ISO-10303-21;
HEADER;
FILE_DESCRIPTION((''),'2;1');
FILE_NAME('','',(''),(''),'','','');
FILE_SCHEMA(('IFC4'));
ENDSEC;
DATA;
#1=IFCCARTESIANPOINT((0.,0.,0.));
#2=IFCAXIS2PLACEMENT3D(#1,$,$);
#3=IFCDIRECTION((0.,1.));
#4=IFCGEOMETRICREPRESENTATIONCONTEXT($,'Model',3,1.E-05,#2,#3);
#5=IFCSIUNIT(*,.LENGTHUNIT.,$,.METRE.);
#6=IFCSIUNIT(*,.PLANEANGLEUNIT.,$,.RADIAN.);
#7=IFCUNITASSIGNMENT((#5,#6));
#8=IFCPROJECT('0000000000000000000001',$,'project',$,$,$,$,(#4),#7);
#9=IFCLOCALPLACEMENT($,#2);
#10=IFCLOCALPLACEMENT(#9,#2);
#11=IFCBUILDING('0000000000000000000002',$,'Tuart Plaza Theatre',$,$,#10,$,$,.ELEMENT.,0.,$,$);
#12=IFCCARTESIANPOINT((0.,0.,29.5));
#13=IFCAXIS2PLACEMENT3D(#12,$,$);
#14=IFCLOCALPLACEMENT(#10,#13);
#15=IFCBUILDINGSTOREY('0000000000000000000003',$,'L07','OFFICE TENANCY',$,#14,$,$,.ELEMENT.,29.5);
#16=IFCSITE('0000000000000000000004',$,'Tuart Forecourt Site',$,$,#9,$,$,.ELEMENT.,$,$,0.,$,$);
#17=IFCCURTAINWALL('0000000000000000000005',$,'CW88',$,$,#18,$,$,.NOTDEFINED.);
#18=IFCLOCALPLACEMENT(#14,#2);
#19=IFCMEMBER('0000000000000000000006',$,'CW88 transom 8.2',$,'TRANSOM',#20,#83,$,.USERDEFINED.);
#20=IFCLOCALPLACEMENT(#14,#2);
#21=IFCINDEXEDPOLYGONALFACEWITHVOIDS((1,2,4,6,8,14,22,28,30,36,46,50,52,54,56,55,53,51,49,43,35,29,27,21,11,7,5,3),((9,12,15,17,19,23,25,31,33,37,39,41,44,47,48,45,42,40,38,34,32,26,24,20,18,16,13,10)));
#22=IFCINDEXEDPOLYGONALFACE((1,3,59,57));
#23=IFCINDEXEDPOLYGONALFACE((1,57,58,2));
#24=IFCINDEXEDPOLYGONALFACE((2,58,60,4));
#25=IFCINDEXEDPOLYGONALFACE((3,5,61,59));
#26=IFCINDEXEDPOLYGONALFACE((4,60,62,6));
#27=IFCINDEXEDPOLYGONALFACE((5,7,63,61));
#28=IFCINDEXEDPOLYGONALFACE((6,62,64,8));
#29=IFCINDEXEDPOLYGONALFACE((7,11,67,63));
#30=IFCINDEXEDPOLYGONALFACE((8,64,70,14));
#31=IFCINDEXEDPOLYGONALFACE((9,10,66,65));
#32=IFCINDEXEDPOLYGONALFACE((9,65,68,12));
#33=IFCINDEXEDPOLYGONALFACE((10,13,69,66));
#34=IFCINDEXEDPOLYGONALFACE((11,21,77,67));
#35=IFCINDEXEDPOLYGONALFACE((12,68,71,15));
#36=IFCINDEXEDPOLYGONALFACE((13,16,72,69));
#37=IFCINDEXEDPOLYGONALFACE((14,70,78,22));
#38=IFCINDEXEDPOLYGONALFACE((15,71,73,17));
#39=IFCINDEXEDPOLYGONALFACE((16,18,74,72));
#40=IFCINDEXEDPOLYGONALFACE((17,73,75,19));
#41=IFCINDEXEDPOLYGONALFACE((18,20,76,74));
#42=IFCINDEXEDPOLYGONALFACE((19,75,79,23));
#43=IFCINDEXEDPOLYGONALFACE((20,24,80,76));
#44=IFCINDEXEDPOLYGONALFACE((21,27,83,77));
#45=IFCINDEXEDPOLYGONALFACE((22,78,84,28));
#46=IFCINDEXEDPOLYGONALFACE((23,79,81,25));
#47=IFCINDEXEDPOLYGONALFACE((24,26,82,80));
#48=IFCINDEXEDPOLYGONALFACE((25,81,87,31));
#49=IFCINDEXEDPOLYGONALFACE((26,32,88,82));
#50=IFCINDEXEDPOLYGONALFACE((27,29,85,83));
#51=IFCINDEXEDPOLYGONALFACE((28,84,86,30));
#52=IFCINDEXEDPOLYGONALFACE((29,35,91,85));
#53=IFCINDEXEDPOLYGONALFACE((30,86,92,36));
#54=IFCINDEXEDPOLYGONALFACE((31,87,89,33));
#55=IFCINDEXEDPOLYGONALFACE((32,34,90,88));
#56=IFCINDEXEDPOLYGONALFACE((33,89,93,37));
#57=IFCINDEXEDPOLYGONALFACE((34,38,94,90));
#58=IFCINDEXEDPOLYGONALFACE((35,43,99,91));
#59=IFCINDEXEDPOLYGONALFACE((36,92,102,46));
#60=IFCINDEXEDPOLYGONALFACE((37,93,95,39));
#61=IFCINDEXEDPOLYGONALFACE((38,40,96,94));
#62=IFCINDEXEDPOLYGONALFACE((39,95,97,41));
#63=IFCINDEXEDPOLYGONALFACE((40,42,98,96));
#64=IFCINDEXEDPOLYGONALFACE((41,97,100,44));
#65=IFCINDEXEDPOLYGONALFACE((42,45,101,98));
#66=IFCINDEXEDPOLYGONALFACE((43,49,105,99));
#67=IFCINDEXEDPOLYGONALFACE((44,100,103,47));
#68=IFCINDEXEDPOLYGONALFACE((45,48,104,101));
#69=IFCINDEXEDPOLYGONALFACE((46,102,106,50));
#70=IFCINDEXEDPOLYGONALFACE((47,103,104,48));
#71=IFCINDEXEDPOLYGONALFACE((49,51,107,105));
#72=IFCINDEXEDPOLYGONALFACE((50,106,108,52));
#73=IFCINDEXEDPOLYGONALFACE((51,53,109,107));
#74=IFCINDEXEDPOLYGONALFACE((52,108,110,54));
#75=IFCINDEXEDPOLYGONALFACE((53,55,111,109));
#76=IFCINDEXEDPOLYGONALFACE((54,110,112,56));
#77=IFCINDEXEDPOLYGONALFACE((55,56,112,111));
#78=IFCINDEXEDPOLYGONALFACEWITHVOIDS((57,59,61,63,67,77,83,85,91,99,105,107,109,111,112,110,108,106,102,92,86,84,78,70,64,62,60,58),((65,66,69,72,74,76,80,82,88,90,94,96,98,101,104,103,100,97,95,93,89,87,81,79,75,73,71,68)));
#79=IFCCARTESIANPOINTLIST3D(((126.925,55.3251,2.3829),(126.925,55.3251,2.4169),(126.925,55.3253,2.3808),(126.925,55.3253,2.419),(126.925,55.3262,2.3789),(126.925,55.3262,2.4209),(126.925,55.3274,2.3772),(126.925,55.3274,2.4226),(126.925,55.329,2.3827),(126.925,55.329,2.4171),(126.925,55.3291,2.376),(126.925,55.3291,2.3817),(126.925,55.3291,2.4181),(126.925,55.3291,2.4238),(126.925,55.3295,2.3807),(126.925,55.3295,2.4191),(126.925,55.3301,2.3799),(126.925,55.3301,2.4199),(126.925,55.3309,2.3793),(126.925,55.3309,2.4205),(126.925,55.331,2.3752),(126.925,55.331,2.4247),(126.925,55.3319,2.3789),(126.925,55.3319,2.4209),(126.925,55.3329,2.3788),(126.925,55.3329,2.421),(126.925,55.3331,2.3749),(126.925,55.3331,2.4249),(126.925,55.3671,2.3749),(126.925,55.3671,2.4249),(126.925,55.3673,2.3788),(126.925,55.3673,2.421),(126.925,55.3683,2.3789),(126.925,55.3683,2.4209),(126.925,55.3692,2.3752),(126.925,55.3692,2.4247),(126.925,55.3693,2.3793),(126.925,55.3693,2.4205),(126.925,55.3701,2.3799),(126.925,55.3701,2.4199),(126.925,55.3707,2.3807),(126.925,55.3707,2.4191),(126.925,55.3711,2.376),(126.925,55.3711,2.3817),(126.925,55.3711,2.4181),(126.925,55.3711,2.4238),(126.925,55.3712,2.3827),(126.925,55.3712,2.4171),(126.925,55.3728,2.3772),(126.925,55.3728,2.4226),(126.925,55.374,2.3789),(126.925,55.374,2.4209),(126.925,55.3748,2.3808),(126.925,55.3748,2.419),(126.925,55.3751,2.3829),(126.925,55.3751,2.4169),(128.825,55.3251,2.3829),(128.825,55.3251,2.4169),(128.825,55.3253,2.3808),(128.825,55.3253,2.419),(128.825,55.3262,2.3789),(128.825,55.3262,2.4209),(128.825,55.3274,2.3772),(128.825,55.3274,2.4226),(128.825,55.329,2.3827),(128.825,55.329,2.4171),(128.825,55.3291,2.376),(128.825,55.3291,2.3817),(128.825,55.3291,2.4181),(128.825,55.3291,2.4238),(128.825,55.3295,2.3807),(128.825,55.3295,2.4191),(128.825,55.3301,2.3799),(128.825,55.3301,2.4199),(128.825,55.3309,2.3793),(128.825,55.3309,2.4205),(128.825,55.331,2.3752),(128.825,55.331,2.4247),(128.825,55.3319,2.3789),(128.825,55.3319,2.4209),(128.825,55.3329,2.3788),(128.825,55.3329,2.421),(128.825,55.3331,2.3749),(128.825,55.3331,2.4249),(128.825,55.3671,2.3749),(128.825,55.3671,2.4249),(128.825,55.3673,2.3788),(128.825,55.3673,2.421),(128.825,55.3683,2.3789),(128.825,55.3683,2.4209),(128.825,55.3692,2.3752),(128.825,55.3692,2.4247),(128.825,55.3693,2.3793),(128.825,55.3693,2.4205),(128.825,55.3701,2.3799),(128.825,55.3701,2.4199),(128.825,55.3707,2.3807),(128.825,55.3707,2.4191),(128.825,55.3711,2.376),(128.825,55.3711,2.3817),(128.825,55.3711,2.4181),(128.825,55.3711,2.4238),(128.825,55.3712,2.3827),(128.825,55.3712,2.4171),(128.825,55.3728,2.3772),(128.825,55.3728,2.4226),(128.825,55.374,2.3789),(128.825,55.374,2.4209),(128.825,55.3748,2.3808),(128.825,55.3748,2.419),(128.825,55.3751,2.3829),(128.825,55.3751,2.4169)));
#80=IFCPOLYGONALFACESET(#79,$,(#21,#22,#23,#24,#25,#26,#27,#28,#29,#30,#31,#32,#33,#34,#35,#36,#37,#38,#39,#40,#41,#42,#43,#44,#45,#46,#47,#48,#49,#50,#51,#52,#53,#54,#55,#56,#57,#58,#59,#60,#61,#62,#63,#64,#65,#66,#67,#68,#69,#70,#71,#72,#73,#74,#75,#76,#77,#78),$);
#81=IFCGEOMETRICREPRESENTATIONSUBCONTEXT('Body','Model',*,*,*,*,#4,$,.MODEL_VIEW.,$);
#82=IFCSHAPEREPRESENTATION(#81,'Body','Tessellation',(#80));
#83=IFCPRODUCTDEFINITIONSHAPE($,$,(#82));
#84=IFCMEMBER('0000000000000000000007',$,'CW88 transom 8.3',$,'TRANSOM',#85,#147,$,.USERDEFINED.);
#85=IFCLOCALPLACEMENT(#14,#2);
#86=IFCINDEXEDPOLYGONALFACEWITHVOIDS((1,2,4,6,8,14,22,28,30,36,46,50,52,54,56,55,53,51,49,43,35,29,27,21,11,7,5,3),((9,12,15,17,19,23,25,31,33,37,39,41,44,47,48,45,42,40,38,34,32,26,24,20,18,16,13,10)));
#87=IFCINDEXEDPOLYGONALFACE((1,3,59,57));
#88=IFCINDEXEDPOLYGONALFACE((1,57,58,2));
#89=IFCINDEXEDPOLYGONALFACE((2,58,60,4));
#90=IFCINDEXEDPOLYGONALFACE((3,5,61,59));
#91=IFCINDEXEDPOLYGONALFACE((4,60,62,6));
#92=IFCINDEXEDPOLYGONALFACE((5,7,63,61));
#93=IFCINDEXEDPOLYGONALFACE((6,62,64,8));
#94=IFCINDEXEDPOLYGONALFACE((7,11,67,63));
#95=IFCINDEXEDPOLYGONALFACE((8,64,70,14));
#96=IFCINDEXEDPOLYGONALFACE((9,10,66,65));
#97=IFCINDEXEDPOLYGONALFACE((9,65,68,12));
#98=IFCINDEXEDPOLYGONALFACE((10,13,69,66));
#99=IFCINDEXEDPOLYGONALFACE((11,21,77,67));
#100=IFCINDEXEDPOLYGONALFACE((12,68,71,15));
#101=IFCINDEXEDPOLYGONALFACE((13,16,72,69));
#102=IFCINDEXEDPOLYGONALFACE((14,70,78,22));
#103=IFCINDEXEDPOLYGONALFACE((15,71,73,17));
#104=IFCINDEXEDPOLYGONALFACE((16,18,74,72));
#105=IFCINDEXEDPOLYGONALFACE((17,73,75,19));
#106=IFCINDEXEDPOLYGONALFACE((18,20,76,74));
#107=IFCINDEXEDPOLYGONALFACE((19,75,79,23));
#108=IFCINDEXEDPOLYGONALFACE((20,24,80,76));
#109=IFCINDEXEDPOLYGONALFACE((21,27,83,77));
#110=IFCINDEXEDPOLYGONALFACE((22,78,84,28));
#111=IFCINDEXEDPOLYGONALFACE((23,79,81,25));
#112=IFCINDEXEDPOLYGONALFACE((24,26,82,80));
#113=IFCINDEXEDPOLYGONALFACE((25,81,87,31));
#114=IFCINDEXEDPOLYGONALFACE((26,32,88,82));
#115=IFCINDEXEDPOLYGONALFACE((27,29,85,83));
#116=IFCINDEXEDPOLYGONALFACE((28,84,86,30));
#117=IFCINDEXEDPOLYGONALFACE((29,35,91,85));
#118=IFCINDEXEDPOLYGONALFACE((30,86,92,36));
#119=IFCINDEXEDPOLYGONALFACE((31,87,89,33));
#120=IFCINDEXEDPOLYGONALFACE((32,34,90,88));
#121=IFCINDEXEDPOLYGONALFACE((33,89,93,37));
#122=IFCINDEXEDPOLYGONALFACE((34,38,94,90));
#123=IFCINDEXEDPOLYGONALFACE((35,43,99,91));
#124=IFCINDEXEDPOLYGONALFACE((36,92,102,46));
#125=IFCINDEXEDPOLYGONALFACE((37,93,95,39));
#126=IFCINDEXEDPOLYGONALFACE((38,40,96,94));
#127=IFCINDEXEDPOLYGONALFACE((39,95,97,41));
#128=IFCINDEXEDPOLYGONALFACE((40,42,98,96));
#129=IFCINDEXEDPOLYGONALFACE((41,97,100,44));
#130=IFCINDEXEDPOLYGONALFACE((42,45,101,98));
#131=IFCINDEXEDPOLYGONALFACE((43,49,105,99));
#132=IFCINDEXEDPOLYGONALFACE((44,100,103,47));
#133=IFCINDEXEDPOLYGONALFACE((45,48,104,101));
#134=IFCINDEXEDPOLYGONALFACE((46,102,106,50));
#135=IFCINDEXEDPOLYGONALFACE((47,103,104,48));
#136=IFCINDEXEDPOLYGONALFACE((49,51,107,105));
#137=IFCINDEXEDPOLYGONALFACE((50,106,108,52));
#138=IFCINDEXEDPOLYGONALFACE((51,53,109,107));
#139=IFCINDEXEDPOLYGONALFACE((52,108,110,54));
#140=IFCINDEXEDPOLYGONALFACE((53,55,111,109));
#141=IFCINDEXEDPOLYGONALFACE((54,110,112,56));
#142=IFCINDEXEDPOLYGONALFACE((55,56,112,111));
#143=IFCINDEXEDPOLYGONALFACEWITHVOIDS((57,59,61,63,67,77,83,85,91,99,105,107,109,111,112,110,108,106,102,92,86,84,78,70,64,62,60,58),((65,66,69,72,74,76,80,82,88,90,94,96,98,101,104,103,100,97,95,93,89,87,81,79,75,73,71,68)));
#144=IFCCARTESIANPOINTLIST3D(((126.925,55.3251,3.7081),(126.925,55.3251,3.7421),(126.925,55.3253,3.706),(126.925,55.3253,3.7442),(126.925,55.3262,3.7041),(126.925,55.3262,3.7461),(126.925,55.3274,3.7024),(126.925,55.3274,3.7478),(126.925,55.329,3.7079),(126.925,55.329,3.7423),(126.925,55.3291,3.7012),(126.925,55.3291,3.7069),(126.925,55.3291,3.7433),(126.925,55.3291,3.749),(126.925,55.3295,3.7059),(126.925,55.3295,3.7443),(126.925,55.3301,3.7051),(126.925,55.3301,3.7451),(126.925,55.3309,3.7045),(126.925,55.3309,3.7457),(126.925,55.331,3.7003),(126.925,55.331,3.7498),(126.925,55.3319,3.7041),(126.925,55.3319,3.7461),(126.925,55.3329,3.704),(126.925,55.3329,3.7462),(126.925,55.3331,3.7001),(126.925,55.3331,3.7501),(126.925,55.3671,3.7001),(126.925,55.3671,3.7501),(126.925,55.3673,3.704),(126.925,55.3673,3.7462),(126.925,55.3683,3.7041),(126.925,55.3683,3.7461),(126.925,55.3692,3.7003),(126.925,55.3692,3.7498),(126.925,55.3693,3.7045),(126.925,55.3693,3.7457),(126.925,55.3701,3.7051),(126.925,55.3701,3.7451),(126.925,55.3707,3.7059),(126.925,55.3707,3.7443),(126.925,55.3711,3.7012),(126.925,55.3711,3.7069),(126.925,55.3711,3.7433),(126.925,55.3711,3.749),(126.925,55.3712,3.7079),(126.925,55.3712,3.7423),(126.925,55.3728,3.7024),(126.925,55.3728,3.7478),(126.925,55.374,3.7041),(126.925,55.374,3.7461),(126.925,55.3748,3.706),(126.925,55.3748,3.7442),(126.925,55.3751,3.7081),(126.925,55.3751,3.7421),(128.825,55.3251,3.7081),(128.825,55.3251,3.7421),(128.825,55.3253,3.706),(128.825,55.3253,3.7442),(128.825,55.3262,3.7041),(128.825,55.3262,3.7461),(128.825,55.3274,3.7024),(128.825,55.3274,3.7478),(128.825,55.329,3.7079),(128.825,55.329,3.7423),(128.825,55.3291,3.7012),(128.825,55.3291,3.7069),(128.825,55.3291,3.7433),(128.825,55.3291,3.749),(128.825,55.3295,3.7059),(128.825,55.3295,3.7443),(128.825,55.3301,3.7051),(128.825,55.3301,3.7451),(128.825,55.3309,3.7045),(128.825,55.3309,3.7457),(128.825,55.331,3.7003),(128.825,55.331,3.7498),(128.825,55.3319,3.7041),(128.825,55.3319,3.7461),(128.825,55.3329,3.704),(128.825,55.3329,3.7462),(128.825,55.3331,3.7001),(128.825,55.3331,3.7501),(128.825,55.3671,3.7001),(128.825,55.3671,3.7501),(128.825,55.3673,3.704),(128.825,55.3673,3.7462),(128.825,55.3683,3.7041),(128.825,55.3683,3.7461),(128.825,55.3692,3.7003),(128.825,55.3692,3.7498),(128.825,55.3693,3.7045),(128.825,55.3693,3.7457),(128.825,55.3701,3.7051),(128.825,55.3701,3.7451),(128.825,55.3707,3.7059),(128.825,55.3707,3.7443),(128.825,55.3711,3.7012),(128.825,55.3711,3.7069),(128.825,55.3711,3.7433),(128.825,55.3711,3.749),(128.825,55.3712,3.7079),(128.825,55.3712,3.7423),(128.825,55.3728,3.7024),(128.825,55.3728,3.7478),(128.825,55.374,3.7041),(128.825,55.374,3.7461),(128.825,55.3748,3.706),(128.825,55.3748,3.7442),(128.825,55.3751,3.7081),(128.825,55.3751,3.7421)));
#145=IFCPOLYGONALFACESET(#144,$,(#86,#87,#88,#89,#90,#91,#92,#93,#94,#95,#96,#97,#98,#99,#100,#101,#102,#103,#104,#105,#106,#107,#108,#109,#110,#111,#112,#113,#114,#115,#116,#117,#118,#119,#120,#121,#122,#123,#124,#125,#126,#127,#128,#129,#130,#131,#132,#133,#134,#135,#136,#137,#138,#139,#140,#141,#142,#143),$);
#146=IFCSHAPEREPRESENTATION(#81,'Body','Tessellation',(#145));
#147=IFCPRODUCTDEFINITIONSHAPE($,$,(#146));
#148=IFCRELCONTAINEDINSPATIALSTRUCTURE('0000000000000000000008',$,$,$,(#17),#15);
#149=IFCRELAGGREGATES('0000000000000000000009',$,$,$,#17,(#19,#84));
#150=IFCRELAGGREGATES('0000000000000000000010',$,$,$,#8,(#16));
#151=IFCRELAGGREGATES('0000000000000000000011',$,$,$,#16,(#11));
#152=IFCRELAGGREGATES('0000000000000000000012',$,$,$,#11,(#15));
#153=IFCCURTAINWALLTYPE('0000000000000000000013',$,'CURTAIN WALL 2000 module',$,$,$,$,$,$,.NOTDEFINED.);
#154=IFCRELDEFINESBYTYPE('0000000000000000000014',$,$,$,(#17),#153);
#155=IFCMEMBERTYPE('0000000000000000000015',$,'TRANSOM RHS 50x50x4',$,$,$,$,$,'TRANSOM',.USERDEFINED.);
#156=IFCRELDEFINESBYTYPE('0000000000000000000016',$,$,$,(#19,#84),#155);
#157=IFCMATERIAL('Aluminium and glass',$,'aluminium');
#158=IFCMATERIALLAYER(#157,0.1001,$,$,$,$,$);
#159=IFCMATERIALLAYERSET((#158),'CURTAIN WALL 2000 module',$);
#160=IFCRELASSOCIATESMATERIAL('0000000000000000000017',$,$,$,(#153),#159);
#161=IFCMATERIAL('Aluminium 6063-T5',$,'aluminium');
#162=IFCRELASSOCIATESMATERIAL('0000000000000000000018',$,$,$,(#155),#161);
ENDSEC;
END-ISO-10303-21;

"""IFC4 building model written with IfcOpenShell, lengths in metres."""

from ifc_helpers import new_model, si_unit, direction, frame, origin, origin_2d, place, context, subcontext, project, spatial, hollow_rectangle, extrude, material, layer, layer_set, material_profile, profile_set, type_object, element, aggregate, save


model = new_model("IFC4")

# Units and contexts
model_context = context("Model", 3, precision=1e-05, world=origin(), true_north=direction((0.0, 1.0)))
body_context = subcontext(model_context, "Body", "Model", "MODEL_VIEW")
ifc_project = project(units=[si_unit("LENGTHUNIT", "METRE"), si_unit("PLANEANGLEUNIT", "RADIAN")], contexts=[model_context])

# Site, building, storey
site_placement = place(None, origin())
site = spatial("IfcSite", under=ifc_project, at=site_placement, Name="Tuart Forecourt Site", CompositionType="ELEMENT", RefElevation=0.0)
building_placement = place(site_placement, origin())
building = spatial("IfcBuilding", under=site, at=building_placement, Name="Tuart Plaza Theatre", CompositionType="ELEMENT", ElevationOfRefHeight=0.0)
storey_placement = place(building_placement, frame((0.0, 0.0, 29.5)))
storey = spatial("IfcBuildingStorey", under=building, at=storey_placement, Name="L07", Description="OFFICE TENANCY", CompositionType="ELEMENT", Elevation=29.5)

# Curtain wall, members
ifc_material_1 = material(Name="Aluminium and glass", Category="aluminium")
ifc_layer_1 = layer(ifc_material_1, 0.1001)
ifc_layer_set_1 = layer_set([ifc_layer_1], Name="CURTAIN WALL 2000 module")
curtain_wall_type = type_object("IfcCurtainWallType", Name="CURTAIN WALL 2000 module", PredefinedType="NOTDEFINED", material=ifc_layer_set_1)
curtain_wall_placement = place(storey_placement, origin())
curtain_wall = element("IfcCurtainWall", 1, at=curtain_wall_placement, inside=storey, type_object=curtain_wall_type, Name="CW88", PredefinedType="NOTDEFINED")
ifc_material_2 = material(Name="Aluminium 6063-T5", Category="aluminium")
ifc_material_profile_1 = material_profile(ifc_material_2, hollow_rectangle(XDim=0.05, YDim=0.05, WallThickness=0.0039, InnerFilletRadius=0.0039, OuterFilletRadius=0.0081, at=origin_2d()), Name="RHS 50x50x4")
ifc_profile_set_1 = profile_set([ifc_material_profile_1], Name="Aluminium 6063-T5")
member_type_1 = type_object("IfcMemberType", Name="TRANSOM RHS 50x50x4", ElementType="TRANSOM", PredefinedType="USERDEFINED", material=ifc_profile_set_1)
member_1_placement = place(storey_placement, frame((126.925, 55.3501, 2.3999), z_axis=(1.0, 0.0, 0.0), x_axis=(0.0, 1.0, 0.0)))
member_1 = element("IfcMember", 2, at=member_1_placement, type_object=member_type_1, Name="CW88 transom 8.2", ObjectType="TRANSOM", PredefinedType="USERDEFINED", context=body_context, shape_type="SweptSolid", body=[
    extrude(hollow_rectangle(XDim=0.05, YDim=0.05, WallThickness=0.0039, InnerFilletRadius=0.0039, OuterFilletRadius=0.0081, at=origin_2d()), origin(), (0.0, 0.0, 1.0), 1.8999),
])
member_2_placement = place(storey_placement, frame((126.925, 55.3501, 3.7251), z_axis=(1.0, 0.0, 0.0), x_axis=(0.0, 1.0, 0.0)))
member_2 = element("IfcMember", 3, at=member_2_placement, type_object=member_type_1, Name="CW88 transom 8.3", ObjectType="TRANSOM", PredefinedType="USERDEFINED", context=body_context, shape_type="SweptSolid", body=[
    extrude(hollow_rectangle(XDim=0.05, YDim=0.05, WallThickness=0.0039, InnerFilletRadius=0.0039, OuterFilletRadius=0.0081, at=origin_2d()), origin(), (0.0, 0.0, 1.0), 1.8999),
])
aggregate(curtain_wall, [member_1, member_2])

save(model, "model.ifc")
